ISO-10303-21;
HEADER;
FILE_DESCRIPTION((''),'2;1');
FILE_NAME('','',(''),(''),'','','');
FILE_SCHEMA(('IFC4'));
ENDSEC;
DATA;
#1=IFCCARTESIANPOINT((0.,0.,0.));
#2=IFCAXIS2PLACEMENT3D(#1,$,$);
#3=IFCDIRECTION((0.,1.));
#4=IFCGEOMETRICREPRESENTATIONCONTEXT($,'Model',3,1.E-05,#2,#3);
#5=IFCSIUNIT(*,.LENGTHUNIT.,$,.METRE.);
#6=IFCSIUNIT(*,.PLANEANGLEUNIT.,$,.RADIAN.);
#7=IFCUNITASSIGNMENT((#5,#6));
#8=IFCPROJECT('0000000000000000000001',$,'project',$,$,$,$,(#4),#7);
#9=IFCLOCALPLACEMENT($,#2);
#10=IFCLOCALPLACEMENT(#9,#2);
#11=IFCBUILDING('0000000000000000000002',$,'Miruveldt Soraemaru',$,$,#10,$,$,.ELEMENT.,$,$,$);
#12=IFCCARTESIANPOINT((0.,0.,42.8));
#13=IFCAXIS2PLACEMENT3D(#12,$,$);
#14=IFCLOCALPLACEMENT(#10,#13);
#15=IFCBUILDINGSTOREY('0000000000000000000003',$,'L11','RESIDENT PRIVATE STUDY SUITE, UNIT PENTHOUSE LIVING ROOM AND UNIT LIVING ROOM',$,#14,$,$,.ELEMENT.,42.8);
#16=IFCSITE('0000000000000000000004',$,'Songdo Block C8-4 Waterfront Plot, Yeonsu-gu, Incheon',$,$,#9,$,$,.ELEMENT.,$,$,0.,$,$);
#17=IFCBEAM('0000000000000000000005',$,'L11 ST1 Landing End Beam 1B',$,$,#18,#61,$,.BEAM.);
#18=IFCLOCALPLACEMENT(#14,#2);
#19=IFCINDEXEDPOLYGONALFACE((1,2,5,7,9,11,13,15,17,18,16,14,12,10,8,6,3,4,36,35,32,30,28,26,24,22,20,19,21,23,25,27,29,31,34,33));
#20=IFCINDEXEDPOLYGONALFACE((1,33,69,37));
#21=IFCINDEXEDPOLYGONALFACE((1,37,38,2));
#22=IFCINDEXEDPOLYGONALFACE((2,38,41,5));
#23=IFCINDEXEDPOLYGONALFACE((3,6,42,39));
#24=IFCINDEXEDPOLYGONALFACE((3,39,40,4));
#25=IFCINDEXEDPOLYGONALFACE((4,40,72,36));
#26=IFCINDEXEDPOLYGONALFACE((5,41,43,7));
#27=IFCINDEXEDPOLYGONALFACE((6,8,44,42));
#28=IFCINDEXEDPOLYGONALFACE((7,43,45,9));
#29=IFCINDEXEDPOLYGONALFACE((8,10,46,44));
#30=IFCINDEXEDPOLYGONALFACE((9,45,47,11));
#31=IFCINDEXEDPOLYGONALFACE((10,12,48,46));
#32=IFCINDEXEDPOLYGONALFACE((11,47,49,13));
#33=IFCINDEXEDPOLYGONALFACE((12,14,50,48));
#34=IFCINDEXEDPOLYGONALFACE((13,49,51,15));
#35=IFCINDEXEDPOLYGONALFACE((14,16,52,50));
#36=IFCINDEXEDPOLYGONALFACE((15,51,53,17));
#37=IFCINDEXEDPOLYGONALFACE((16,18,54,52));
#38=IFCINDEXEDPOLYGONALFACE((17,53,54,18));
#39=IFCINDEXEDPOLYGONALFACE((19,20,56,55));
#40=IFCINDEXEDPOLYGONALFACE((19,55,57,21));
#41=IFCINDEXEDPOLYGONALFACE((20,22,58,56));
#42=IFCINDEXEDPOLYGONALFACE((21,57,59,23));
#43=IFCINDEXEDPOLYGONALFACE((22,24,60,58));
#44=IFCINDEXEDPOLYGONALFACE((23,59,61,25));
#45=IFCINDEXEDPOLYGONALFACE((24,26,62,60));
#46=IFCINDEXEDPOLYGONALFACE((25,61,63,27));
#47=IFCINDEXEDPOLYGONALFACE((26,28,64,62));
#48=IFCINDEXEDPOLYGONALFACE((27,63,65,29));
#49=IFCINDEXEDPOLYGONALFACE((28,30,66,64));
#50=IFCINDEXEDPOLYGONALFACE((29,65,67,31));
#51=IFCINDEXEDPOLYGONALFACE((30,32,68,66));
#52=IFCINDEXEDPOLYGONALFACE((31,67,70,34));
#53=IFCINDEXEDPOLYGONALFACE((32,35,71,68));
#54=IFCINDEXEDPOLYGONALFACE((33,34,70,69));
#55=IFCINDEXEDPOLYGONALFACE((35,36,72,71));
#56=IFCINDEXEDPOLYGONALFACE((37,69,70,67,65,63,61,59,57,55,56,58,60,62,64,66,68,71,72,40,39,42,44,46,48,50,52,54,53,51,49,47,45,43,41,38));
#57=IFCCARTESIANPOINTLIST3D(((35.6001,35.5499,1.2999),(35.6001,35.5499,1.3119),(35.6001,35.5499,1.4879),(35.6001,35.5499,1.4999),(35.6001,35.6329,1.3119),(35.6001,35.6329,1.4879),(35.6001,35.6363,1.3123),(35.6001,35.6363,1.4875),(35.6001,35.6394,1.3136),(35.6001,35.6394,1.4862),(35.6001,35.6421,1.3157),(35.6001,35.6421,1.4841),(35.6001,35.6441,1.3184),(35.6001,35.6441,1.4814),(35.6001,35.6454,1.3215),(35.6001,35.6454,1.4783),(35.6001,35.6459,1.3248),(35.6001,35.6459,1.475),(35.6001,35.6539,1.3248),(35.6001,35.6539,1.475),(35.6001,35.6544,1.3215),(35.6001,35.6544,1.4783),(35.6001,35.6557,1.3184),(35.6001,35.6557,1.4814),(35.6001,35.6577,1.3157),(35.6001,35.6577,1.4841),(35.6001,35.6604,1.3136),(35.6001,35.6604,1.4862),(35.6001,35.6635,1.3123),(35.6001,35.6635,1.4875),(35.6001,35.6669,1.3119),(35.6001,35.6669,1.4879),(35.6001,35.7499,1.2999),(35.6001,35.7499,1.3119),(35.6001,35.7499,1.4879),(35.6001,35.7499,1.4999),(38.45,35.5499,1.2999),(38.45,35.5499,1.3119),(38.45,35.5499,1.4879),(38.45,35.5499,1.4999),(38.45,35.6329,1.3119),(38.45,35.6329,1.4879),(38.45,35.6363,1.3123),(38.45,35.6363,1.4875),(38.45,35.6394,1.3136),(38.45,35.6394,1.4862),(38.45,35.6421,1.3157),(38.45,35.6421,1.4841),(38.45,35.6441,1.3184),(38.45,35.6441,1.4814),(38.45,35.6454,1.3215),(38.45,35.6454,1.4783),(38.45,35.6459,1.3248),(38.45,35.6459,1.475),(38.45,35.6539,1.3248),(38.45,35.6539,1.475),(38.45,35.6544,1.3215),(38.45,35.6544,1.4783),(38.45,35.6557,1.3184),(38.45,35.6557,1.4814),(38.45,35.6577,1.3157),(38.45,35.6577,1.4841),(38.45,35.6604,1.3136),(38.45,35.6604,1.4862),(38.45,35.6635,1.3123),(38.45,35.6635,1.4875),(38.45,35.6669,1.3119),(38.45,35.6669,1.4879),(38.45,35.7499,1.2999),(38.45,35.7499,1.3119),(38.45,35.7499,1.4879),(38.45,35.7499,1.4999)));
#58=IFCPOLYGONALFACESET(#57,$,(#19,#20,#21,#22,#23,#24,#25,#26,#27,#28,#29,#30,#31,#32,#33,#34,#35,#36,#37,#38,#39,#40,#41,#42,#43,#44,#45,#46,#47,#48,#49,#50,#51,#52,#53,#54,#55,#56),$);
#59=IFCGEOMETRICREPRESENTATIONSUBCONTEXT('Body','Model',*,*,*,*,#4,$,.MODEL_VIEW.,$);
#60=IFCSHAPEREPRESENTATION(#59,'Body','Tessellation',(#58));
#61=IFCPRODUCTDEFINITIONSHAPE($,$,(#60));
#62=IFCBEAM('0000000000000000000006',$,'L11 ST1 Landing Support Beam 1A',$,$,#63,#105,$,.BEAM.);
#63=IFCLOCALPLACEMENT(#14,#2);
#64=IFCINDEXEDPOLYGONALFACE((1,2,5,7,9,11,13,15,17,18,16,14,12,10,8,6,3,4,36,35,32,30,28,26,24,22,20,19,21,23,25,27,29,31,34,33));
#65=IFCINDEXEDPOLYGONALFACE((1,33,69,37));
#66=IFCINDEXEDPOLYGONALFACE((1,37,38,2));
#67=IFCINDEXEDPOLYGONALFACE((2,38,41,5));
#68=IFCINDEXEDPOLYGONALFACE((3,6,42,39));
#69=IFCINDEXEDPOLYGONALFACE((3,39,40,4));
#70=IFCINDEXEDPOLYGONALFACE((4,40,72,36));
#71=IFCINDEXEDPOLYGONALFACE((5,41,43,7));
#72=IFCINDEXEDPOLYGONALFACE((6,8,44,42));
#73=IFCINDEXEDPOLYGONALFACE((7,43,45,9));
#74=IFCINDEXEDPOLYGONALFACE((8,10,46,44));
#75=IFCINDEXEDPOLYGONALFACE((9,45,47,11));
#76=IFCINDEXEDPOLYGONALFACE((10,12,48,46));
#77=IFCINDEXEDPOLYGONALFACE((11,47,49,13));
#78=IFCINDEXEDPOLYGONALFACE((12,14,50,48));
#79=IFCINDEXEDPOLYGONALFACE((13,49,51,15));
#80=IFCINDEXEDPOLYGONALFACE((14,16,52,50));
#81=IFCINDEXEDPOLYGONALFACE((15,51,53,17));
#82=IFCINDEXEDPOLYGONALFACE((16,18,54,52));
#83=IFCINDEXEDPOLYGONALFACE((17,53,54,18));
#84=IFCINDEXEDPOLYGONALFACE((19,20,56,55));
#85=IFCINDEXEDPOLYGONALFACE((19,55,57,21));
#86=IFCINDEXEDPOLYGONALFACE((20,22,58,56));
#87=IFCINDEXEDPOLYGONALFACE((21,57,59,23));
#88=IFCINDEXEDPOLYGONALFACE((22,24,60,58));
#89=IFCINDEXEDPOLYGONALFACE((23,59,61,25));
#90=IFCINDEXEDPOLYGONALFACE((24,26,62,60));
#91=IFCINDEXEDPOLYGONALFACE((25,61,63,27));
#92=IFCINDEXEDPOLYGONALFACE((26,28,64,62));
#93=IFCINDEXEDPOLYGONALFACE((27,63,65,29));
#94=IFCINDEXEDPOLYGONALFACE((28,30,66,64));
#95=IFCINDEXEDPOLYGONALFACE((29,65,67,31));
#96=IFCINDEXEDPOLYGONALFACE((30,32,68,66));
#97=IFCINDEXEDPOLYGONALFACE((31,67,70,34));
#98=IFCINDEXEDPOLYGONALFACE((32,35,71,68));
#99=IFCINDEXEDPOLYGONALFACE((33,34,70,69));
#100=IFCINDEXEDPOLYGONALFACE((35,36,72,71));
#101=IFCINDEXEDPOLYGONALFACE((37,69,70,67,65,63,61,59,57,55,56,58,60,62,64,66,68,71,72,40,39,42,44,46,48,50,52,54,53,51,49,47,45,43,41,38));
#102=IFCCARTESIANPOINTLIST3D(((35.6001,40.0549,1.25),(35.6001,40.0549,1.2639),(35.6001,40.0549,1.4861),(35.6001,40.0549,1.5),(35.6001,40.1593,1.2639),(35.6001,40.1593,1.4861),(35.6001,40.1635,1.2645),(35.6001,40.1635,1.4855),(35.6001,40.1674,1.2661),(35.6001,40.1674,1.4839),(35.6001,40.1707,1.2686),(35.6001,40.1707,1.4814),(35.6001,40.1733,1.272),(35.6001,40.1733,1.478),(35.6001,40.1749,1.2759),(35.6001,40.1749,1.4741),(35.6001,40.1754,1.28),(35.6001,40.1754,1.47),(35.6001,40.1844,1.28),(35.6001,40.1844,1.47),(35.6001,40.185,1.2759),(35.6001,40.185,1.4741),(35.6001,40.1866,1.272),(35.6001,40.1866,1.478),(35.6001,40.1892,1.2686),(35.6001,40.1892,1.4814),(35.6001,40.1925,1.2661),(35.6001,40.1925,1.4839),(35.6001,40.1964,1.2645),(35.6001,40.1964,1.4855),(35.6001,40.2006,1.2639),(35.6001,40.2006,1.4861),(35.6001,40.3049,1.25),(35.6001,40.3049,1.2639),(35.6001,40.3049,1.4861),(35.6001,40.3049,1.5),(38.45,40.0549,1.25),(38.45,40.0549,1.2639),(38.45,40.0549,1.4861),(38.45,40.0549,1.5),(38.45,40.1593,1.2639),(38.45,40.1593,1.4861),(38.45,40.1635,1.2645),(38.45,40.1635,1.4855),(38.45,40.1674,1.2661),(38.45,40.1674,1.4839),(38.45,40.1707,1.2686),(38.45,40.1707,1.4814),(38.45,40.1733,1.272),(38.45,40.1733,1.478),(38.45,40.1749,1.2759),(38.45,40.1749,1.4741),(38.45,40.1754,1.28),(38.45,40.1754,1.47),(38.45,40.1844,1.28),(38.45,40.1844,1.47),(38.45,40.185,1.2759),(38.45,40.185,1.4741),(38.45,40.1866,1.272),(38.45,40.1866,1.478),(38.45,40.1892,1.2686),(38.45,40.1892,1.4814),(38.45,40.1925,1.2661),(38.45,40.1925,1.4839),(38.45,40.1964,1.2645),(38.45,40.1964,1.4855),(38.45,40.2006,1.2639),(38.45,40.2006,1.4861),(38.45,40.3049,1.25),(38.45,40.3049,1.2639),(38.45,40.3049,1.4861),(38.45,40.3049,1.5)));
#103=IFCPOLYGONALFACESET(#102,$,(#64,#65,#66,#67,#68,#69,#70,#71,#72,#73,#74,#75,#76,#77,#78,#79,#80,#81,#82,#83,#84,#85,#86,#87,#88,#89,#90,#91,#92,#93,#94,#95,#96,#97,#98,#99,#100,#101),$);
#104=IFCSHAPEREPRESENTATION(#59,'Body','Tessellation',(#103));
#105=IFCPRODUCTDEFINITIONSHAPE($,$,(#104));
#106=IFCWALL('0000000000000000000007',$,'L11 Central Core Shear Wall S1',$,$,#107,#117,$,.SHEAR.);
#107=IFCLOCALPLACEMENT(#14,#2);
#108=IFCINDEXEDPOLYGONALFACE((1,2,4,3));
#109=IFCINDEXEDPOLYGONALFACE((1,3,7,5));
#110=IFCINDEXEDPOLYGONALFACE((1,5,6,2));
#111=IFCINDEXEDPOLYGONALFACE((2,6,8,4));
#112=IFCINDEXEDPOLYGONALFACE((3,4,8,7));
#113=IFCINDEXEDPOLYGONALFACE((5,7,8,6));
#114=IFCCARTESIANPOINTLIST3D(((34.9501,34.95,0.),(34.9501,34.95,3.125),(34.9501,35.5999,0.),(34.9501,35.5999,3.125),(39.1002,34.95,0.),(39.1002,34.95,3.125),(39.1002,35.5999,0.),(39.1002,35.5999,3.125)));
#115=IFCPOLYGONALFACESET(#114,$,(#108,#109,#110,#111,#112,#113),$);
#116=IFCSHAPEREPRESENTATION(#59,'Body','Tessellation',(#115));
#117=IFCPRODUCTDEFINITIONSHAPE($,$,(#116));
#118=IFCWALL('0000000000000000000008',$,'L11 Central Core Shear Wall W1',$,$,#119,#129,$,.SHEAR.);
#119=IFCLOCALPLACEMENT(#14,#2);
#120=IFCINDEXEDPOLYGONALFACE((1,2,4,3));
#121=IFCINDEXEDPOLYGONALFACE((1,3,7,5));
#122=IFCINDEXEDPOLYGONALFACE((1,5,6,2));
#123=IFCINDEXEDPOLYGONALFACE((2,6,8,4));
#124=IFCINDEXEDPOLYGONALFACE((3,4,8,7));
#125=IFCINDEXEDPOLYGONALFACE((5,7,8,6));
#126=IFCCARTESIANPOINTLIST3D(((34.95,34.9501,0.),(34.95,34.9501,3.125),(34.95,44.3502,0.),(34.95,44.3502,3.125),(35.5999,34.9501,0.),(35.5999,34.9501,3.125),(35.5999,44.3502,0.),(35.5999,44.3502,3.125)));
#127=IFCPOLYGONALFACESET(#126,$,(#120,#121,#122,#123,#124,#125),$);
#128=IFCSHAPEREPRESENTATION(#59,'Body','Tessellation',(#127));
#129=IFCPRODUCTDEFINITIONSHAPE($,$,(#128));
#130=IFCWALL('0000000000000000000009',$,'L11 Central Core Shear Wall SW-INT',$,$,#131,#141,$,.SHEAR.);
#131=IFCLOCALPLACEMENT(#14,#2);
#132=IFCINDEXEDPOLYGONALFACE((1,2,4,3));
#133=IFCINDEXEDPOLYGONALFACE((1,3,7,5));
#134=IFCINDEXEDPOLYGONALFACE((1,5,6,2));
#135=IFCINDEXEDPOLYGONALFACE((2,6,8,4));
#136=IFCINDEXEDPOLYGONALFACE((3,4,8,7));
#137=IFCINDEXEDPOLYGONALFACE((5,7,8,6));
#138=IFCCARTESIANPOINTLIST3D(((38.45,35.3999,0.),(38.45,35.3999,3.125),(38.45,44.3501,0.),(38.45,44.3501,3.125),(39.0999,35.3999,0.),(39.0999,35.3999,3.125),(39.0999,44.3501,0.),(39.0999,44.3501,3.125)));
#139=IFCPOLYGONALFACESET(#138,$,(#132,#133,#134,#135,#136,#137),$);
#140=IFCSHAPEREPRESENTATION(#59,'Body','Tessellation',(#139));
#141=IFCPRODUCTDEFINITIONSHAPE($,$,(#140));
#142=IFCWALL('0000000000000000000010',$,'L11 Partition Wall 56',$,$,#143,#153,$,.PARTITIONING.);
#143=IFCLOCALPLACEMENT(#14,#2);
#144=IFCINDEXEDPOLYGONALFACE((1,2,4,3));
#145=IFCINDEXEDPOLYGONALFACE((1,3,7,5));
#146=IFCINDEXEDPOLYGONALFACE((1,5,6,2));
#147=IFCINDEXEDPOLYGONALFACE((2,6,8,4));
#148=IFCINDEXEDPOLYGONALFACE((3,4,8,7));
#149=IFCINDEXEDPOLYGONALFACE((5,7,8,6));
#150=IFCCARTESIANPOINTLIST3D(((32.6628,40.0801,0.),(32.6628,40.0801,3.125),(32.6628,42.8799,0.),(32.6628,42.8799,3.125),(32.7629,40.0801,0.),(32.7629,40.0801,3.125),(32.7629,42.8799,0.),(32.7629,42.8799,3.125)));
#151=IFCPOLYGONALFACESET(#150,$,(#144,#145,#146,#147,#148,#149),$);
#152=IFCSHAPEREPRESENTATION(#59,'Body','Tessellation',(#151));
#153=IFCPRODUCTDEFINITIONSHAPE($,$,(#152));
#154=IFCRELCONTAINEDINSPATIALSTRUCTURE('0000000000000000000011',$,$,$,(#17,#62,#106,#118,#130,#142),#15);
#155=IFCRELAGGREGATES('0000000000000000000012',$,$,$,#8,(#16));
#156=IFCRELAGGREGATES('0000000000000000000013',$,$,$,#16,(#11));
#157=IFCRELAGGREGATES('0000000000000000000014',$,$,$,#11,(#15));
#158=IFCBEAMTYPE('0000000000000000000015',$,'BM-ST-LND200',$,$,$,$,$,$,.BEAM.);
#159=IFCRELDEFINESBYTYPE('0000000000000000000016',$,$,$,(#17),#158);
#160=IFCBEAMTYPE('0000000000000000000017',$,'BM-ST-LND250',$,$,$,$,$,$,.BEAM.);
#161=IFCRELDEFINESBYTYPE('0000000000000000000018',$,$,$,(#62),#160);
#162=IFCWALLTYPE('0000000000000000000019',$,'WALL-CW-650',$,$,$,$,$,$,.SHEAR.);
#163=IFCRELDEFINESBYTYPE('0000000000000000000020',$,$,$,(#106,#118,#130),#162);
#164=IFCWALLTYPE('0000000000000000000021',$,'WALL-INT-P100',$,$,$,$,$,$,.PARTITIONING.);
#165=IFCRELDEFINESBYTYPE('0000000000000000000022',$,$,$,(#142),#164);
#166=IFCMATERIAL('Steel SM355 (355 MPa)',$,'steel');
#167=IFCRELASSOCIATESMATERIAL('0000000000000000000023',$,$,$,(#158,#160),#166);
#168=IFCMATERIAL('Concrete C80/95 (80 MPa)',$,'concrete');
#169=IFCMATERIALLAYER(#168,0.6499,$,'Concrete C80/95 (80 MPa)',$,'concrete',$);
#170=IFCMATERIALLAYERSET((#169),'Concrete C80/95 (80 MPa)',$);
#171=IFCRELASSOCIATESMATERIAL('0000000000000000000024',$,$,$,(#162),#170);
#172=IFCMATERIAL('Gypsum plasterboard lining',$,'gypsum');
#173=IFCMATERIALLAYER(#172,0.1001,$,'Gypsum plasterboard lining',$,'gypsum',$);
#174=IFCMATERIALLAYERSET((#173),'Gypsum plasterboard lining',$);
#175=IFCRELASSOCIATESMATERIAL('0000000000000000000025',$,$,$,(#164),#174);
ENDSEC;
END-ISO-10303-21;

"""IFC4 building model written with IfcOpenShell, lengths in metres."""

from ifc_helpers import new_model, si_unit, direction, frame, frame_2d, origin, origin_2d, place, context, subcontext, project, spatial, rectangle, i_section, extrude, material, layer, layer_set, material_profile, profile_set, type_object, element, save


model = new_model("IFC4")

# Units and contexts
model_context = context("Model", 3, precision=1e-05, world=origin(), true_north=direction((0.0, 1.0)))
body_context = subcontext(model_context, "Body", "Model", "MODEL_VIEW")
ifc_project = project(units=[si_unit("LENGTHUNIT", "METRE"), si_unit("PLANEANGLEUNIT", "RADIAN")], contexts=[model_context])

# Site, building, storey
site_placement = place(None, origin())
site = spatial("IfcSite", under=ifc_project, at=site_placement, Name="Songdo Block C8-4 Waterfront Plot, Yeonsu-gu, Incheon", CompositionType="ELEMENT", RefElevation=0.0)
building_placement = place(site_placement, origin())
building = spatial("IfcBuilding", under=site, at=building_placement, Name="Miruveldt Soraemaru", CompositionType="ELEMENT")
storey_placement = place(building_placement, frame((0.0, 0.0, 42.8)))
storey = spatial("IfcBuildingStorey", under=building, at=storey_placement, Name="L11", Description="RESIDENT PRIVATE STUDY SUITE, UNIT PENTHOUSE LIVING ROOM AND UNIT LIVING ROOM", CompositionType="ELEMENT", Elevation=42.8)

# Shared definitions
ifc_material_1 = material(Name="Concrete C80/95 (80 MPa)", Category="concrete")

# Beams
ifc_material_2 = material(Name="Steel SM355 (355 MPa)", Category="steel")
ifc_material_profile_1 = material_profile(ifc_material_2, i_section(OverallWidth=0.2, OverallDepth=0.2, WebThickness=0.0081, FlangeThickness=0.012, FilletRadius=0.0129, at=origin_2d()), Name="Steel SM355 (355 MPa)", Category="steel")
ifc_profile_set_1 = profile_set([ifc_material_profile_1], Name="Steel SM355 (355 MPa)")
beam_type_1 = type_object("IfcBeamType", Name="BM-ST-LND200", PredefinedType="BEAM", material=ifc_profile_set_1)
beam_1_placement = place(storey_placement, frame((35.6001, 35.6499, 1.3999), z_axis=(1.0, 0.0, 0.0), x_axis=(0.0, 1.0, 0.0)))
element("IfcBeam", 1, at=beam_1_placement, inside=storey, type_object=beam_type_1, Name="L11 ST1 Landing End Beam 1B", PredefinedType="BEAM", context=body_context, shape_type="SweptSolid", body=[
    extrude(i_section(OverallWidth=0.2, OverallDepth=0.2, WebThickness=0.0081, FlangeThickness=0.012, FilletRadius=0.0129, at=origin_2d()), origin(), (0.0, 0.0, 1.0), 2.8499),
])
ifc_material_profile_2 = material_profile(ifc_material_2, i_section(OverallWidth=0.25, OverallDepth=0.25, WebThickness=0.009, FlangeThickness=0.0139, FilletRadius=0.0161, at=origin_2d()), Name="Steel SM355 (355 MPa)", Category="steel")
ifc_profile_set_2 = profile_set([ifc_material_profile_2], Name="Steel SM355 (355 MPa)")
beam_type_2 = type_object("IfcBeamType", Name="BM-ST-LND250", PredefinedType="BEAM", material=ifc_profile_set_2)
beam_2_placement = place(storey_placement, frame((35.6001, 40.1799, 1.375), z_axis=(1.0, 0.0, 0.0), x_axis=(0.0, 1.0, 0.0)))
element("IfcBeam", 2, at=beam_2_placement, inside=storey, type_object=beam_type_2, Name="L11 ST1 Landing Support Beam 1A", PredefinedType="BEAM", context=body_context, shape_type="SweptSolid", body=[
    extrude(i_section(OverallWidth=0.25, OverallDepth=0.25, WebThickness=0.009, FlangeThickness=0.0139, FilletRadius=0.0161, at=origin_2d()), origin(), (0.0, 0.0, 1.0), 2.8499),
])

# Walls
ifc_layer_1 = layer(ifc_material_1, 0.6499, Name="Concrete C80/95 (80 MPa)", Category="concrete")
ifc_layer_set_1 = layer_set([ifc_layer_1], Name="Concrete C80/95 (80 MPa)")
wall_type_1 = type_object("IfcWallType", Name="WALL-CW-650", PredefinedType="SHEAR", material=ifc_layer_set_1)
wall_1_placement = place(storey_placement, frame((34.95, 35.2749, 0.0), z_axis=(0.0, 0.0, 1.0), x_axis=(1.0, 0.0, 0.0)))
element("IfcWall", 3, at=wall_1_placement, inside=storey, type_object=wall_type_1, Name="L11 Central Core Shear Wall S1", PredefinedType="SHEAR", context=body_context, shape_type="SweptSolid", body=[
    extrude(rectangle(XDim=4.1501, YDim=0.6499, at=frame_2d((2.0752, 0.0))), origin(), (0.0, 0.0, 1.0), 3.125),
])
wall_2_placement = place(storey_placement, frame((35.2749, 34.95, 0.0), z_axis=(0.0, 0.0, 1.0), x_axis=(0.0, 1.0, 0.0)))
element("IfcWall", 4, at=wall_2_placement, inside=storey, type_object=wall_type_1, Name="L11 Central Core Shear Wall W1", PredefinedType="SHEAR", context=body_context, shape_type="SweptSolid", body=[
    extrude(rectangle(XDim=9.4001, YDim=0.6499, at=frame_2d((4.7002, 0.0))), origin(), (0.0, 0.0, 1.0), 3.125),
])
wall_3_placement = place(storey_placement, frame((38.7749, 35.3999, 0.0), z_axis=(0.0, 0.0, 1.0), x_axis=(0.0, 1.0, 0.0)))
element("IfcWall", 5, at=wall_3_placement, inside=storey, type_object=wall_type_1, Name="L11 Central Core Shear Wall SW-INT", PredefinedType="SHEAR", context=body_context, shape_type="SweptSolid", body=[
    extrude(rectangle(XDim=8.9502, YDim=0.6499, at=frame_2d((4.4751, 0.0))), origin(), (0.0, 0.0, 1.0), 3.125),
])
ifc_material_3 = material(Name="Gypsum plasterboard lining", Category="gypsum")
ifc_layer_2 = layer(ifc_material_3, 0.1001, Name="Gypsum plasterboard lining", Category="gypsum")
ifc_layer_set_2 = layer_set([ifc_layer_2], Name="Gypsum plasterboard lining")
wall_type_2 = type_object("IfcWallType", Name="WALL-INT-P100", PredefinedType="PARTITIONING", material=ifc_layer_set_2)
wall_4_placement = place(storey_placement, frame((32.7129, 40.0801, 0.0), z_axis=(0.0, 0.0, 1.0), x_axis=(0.0, 1.0, 0.0)))
element("IfcWall", 6, at=wall_4_placement, inside=storey, type_object=wall_type_2, Name="L11 Partition Wall 56", PredefinedType="PARTITIONING", context=body_context, shape_type="SweptSolid", body=[
    extrude(rectangle(XDim=2.7998, YDim=0.1001, at=frame_2d((1.3999, 0.0))), origin(), (0.0, 0.0, 1.0), 3.125),
])

save(model, "model.ifc")
